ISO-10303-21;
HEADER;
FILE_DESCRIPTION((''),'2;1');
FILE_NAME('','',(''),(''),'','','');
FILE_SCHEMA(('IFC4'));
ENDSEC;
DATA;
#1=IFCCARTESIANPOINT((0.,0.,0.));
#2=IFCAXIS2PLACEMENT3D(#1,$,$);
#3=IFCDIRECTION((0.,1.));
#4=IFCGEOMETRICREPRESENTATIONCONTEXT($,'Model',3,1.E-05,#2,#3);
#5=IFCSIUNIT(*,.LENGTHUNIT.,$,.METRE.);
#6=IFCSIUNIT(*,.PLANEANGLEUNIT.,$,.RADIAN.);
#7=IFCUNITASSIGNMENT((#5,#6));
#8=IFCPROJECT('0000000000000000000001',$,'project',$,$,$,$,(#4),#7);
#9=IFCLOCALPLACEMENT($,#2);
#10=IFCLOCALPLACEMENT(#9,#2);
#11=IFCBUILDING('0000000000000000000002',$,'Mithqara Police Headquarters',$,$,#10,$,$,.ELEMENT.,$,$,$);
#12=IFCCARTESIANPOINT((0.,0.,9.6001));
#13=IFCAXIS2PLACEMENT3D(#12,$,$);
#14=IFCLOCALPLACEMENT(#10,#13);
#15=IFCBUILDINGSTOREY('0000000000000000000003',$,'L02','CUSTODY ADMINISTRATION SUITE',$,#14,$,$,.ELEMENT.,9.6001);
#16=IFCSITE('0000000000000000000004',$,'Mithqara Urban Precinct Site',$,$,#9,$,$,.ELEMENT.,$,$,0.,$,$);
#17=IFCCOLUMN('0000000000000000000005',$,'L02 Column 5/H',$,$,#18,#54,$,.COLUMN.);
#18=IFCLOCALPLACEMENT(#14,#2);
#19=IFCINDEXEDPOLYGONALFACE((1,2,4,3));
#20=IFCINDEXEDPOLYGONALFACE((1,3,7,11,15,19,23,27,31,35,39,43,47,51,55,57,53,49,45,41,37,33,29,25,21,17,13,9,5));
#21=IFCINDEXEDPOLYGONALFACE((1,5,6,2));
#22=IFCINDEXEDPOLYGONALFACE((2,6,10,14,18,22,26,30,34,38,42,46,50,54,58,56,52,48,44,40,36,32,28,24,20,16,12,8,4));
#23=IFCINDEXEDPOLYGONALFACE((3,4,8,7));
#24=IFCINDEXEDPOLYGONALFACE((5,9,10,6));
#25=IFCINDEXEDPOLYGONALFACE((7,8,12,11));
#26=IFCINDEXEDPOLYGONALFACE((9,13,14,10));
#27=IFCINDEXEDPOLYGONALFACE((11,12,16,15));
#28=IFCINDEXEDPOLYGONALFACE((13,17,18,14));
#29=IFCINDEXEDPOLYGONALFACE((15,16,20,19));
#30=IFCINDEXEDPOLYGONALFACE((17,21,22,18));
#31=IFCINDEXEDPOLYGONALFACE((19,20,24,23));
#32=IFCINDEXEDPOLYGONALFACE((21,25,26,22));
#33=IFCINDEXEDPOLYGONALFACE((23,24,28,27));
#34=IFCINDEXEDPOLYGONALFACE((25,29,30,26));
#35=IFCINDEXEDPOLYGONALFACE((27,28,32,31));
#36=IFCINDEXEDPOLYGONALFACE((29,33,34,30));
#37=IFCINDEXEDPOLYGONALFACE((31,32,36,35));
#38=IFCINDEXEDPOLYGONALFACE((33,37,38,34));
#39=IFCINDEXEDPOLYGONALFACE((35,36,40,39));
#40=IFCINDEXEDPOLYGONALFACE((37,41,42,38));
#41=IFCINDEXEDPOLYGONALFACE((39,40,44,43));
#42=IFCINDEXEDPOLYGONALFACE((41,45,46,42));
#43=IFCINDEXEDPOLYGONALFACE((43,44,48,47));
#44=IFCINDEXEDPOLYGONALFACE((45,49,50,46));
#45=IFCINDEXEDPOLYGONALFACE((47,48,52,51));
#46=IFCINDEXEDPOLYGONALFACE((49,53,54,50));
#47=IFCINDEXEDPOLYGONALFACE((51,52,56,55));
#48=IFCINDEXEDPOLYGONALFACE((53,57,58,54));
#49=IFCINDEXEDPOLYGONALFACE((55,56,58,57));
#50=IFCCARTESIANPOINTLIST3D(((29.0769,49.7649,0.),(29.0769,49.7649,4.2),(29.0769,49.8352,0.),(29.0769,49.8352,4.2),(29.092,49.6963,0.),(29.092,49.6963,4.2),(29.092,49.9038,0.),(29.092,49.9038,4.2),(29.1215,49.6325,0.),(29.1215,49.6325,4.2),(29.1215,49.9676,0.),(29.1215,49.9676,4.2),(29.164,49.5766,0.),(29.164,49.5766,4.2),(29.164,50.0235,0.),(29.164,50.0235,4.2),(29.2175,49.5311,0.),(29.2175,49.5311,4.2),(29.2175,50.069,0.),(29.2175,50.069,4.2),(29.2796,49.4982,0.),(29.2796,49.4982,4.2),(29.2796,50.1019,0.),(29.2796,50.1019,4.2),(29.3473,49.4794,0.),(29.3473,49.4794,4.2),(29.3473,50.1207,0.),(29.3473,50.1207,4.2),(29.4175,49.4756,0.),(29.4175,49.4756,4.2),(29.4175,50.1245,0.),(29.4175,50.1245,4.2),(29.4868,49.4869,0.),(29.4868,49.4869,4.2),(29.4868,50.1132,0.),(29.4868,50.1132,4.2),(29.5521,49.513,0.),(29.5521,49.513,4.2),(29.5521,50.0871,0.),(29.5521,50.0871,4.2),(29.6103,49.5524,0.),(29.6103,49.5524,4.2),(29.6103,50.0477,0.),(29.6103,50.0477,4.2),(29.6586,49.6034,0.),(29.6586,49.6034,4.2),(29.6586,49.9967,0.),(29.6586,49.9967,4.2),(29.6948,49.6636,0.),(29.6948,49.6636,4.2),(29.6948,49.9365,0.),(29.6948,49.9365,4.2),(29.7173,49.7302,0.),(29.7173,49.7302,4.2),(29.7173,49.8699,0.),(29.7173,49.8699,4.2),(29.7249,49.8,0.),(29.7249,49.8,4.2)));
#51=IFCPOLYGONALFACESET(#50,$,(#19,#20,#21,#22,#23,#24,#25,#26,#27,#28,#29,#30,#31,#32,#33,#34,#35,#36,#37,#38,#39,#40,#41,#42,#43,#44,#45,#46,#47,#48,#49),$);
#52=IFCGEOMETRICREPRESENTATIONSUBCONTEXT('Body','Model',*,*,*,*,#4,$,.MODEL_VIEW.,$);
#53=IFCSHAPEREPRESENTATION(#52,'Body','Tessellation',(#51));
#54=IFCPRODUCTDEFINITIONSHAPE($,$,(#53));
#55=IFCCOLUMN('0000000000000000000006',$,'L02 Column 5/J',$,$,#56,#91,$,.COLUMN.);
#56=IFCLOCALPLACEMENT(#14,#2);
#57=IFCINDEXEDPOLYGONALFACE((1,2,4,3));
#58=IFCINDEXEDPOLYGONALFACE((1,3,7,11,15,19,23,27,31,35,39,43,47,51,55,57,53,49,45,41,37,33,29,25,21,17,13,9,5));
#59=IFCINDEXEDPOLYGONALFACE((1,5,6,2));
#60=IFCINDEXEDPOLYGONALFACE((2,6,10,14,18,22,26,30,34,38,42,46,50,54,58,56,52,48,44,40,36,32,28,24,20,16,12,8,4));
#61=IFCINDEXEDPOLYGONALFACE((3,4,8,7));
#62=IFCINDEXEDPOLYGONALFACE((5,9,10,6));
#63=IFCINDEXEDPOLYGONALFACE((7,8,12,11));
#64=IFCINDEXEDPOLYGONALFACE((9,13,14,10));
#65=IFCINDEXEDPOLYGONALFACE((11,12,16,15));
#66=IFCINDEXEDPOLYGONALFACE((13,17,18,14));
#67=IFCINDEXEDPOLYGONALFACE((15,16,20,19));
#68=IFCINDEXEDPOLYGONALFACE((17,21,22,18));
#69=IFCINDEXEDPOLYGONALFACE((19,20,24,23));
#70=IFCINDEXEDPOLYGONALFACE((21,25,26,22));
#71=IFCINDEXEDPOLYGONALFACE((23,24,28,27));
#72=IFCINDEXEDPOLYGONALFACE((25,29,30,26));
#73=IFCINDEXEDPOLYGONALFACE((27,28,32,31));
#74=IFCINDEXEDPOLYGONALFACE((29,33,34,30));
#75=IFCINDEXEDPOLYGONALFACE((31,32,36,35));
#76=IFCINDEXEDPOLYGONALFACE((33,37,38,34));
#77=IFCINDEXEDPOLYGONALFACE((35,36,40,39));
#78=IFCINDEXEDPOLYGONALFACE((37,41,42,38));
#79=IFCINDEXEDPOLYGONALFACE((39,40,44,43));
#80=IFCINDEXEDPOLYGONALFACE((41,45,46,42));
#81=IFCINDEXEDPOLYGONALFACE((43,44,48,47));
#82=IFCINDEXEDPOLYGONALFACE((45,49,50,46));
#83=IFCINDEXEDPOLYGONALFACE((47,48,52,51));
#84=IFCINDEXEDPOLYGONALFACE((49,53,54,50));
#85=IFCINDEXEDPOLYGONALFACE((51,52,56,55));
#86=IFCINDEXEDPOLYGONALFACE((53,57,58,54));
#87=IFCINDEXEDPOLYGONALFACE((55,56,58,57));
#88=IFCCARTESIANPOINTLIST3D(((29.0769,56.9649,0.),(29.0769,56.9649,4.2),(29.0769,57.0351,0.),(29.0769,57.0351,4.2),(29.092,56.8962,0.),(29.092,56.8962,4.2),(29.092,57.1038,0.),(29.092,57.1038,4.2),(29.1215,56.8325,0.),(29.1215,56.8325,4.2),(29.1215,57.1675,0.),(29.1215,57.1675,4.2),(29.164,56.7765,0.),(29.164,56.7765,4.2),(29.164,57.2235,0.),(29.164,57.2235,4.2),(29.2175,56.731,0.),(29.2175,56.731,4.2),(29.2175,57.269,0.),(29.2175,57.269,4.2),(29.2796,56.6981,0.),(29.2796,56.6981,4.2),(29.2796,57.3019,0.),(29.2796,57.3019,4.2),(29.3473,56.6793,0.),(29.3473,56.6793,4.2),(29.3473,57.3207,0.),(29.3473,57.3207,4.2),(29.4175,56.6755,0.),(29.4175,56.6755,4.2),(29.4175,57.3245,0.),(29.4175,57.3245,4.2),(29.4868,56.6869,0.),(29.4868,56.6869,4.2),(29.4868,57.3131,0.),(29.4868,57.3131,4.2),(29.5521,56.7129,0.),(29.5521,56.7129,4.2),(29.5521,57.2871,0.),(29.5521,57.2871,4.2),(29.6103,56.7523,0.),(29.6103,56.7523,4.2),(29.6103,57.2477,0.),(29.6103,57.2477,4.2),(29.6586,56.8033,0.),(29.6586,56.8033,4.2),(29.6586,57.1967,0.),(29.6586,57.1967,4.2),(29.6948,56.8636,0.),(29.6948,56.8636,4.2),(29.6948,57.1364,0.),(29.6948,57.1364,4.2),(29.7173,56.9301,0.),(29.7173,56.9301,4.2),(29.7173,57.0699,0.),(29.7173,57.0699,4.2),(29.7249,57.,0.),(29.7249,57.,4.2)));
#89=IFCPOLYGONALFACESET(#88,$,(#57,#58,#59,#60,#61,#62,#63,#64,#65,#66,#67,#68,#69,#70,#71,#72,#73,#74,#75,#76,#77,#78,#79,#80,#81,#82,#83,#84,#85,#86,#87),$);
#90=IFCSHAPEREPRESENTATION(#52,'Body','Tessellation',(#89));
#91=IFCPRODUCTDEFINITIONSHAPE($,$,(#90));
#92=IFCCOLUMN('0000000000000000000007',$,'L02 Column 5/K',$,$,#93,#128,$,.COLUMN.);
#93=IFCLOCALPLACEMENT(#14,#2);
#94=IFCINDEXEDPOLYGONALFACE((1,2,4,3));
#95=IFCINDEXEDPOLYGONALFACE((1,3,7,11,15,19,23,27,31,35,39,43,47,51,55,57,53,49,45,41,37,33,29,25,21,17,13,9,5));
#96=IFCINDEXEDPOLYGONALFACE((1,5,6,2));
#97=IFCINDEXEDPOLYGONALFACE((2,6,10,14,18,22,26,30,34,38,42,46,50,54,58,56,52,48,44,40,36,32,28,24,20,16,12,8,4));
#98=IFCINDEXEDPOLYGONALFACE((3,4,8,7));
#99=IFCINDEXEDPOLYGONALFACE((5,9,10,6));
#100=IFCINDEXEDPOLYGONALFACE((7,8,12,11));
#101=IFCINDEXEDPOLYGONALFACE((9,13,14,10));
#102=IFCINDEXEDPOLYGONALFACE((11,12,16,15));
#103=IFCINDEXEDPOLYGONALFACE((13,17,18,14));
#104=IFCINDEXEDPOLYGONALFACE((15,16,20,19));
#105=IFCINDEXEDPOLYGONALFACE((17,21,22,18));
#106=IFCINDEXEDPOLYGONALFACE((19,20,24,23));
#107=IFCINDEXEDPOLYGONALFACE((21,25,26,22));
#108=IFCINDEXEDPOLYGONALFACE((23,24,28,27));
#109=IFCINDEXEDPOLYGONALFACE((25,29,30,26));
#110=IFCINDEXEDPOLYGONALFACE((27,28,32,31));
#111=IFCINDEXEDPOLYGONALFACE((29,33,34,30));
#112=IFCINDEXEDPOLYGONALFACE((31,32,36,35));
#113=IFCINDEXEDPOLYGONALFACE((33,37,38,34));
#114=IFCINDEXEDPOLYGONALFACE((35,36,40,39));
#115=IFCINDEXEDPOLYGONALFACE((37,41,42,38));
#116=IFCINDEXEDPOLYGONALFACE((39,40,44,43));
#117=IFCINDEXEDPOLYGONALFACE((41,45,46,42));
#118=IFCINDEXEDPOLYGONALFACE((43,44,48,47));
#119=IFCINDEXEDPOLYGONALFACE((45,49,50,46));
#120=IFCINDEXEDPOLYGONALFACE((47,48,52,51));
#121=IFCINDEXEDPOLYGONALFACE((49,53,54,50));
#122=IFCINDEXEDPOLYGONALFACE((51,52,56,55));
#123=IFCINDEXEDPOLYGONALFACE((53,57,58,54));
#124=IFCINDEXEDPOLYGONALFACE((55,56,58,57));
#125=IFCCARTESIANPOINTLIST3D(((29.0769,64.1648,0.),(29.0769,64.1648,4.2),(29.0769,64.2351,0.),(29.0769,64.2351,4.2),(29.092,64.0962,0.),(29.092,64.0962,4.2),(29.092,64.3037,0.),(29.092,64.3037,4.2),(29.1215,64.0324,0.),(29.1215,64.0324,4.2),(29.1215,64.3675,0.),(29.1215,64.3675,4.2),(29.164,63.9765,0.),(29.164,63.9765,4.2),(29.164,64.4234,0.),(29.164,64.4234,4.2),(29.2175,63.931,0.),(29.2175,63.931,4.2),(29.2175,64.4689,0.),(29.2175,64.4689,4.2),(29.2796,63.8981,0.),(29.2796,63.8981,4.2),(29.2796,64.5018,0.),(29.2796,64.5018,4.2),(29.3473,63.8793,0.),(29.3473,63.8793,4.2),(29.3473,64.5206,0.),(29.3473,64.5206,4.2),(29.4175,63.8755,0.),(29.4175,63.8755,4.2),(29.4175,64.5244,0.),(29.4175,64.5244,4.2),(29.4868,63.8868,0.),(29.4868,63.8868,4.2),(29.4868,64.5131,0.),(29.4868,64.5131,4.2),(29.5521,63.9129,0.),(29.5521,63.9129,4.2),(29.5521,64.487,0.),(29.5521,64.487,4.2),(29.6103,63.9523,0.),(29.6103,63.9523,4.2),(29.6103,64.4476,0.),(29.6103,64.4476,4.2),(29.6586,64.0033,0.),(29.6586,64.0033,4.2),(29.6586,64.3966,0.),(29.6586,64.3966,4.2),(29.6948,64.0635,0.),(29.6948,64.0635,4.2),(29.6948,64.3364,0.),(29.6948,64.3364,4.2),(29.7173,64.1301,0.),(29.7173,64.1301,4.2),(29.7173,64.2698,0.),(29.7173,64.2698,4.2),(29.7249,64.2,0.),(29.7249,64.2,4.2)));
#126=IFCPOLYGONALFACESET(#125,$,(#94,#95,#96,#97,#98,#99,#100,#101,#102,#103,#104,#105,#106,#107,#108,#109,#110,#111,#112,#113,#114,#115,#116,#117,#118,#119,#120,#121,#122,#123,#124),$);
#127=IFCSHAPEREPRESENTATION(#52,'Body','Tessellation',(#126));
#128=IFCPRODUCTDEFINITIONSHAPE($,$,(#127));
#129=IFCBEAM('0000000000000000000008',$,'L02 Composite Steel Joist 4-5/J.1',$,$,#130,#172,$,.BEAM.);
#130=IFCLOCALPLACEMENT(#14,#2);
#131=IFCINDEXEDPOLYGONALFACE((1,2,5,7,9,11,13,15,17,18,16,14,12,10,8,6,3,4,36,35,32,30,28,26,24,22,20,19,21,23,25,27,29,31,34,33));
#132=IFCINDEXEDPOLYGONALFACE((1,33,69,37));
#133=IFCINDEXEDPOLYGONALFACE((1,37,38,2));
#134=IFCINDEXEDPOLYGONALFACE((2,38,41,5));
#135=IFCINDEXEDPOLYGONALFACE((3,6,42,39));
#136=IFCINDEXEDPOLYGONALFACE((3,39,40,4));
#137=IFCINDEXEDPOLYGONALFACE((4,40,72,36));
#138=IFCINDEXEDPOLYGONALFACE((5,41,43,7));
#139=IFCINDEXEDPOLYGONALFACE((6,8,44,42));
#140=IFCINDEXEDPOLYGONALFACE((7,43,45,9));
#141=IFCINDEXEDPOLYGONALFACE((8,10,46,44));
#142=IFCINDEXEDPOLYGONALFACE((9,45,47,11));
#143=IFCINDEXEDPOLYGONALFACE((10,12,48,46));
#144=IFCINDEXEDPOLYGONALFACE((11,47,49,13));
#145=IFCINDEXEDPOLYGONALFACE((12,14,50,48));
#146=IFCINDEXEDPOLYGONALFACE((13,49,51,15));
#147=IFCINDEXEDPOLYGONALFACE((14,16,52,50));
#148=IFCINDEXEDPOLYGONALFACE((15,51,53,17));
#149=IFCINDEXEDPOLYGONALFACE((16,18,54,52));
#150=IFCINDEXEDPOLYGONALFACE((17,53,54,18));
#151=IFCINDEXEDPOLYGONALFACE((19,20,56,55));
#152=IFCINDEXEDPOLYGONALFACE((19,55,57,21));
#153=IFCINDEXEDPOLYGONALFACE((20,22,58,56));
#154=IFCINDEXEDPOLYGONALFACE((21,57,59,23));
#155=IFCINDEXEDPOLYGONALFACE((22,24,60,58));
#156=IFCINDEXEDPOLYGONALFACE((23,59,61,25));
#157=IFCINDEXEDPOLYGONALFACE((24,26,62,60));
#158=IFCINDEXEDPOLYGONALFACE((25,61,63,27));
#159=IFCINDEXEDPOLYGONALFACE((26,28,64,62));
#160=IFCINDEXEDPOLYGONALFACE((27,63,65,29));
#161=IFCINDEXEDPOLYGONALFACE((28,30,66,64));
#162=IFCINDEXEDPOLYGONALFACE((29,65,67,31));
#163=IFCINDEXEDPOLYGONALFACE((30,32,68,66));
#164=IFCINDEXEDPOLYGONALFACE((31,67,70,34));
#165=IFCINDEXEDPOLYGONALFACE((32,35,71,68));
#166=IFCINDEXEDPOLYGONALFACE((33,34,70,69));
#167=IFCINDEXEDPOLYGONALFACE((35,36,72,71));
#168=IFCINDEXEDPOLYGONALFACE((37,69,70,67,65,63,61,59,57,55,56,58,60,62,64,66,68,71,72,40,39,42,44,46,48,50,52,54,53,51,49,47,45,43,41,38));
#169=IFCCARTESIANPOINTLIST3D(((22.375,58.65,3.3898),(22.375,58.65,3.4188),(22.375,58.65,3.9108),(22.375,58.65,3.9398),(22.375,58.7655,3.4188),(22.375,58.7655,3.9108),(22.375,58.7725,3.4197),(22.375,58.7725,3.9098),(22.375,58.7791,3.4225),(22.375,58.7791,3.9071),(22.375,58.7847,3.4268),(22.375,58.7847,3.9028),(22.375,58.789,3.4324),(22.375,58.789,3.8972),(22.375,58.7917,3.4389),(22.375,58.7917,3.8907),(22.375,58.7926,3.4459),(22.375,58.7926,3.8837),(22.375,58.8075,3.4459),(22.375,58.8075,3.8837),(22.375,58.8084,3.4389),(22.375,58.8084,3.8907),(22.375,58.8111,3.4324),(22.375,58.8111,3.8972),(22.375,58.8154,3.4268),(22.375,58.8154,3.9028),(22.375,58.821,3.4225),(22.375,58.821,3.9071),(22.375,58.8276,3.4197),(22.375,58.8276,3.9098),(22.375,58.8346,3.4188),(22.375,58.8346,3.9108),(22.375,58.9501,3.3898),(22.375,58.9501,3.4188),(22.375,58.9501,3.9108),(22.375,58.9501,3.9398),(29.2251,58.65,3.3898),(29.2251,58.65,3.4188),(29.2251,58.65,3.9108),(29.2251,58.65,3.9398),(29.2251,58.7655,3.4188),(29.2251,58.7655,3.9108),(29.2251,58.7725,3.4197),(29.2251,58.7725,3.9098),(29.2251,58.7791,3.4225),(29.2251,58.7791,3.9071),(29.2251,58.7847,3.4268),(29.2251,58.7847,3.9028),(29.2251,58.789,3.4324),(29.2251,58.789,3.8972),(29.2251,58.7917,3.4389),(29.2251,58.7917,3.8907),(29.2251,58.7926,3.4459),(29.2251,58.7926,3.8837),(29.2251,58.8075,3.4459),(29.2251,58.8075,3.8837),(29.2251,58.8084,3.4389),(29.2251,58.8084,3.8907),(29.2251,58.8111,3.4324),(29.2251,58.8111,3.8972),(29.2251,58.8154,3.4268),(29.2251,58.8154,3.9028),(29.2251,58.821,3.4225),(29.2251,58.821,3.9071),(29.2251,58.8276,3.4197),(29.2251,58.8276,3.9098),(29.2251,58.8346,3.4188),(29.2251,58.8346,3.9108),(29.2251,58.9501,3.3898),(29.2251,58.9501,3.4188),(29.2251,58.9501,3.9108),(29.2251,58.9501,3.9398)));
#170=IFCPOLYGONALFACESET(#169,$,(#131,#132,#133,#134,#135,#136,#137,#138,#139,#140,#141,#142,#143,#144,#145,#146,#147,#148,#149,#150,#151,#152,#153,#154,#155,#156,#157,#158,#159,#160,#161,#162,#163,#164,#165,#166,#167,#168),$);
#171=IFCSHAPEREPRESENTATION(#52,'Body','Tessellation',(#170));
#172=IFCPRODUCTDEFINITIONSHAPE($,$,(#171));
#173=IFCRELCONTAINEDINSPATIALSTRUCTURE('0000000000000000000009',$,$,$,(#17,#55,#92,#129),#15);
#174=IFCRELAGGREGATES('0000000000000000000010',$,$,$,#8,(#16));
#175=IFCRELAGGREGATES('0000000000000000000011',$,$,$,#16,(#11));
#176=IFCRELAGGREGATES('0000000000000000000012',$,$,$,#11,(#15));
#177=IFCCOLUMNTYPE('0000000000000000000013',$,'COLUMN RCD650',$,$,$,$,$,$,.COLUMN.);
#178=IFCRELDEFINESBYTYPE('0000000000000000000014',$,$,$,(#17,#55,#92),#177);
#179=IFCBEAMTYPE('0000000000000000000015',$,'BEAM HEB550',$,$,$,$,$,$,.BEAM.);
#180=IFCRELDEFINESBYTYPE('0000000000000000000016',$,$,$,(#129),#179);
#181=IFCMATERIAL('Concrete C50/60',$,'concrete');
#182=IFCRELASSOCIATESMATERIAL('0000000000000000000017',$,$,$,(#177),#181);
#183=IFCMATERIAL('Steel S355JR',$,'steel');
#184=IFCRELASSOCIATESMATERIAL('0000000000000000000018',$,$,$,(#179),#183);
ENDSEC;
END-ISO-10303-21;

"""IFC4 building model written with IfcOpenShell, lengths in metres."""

from ifc_helpers import new_model, si_unit, direction, frame, origin, origin_2d, place, context, subcontext, project, spatial, circle, i_section, extrude, material, material_profile, profile_set, type_object, element, save


model = new_model("IFC4")

# Units and contexts
model_context = context("Model", 3, precision=1e-05, world=origin(), true_north=direction((0.0, 1.0)))
body_context = subcontext(model_context, "Body", "Model", "MODEL_VIEW")
ifc_project = project(units=[si_unit("LENGTHUNIT", "METRE"), si_unit("PLANEANGLEUNIT", "RADIAN")], contexts=[model_context])

# Site, building, storey
site_placement = place(None, origin())
site = spatial("IfcSite", under=ifc_project, at=site_placement, Name="Mithqara Urban Precinct Site", CompositionType="ELEMENT", RefElevation=0.0)
building_placement = place(site_placement, origin())
building = spatial("IfcBuilding", under=site, at=building_placement, Name="Mithqara Police Headquarters", CompositionType="ELEMENT")
storey_placement = place(building_placement, frame((0.0, 0.0, 9.6001)))
storey = spatial("IfcBuildingStorey", under=building, at=storey_placement, Name="L02", Description="CUSTODY ADMINISTRATION SUITE", CompositionType="ELEMENT", Elevation=9.6001)

# Columns
ifc_material_1 = material(Name="Concrete C50/60", Category="concrete")
ifc_material_profile_1 = material_profile(ifc_material_1, circle(Radius=0.325, at=origin_2d()), Name="RCD 650")
ifc_profile_set_1 = profile_set([ifc_material_profile_1], Name="Concrete C50/60")
column_type = type_object("IfcColumnType", Name="COLUMN RCD650", PredefinedType="COLUMN", material=ifc_profile_set_1)
for number, where, z_axis, x_axis, name in (
    (1, (29.3999, 49.8, 0.0), (0.0, 0.0, 1.0), (1.0, 0.0, 0.0), "L02 Column 5/H"),
    (2, (29.3999, 57.0, 0.0), (0.0, 0.0, 1.0), (1.0, 0.0, 0.0), "L02 Column 5/J"),
    (3, (29.3999, 64.2, 0.0), (0.0, 0.0, 1.0), (1.0, 0.0, 0.0), "L02 Column 5/K"),
):
    element("IfcColumn", number, at=place(storey_placement, frame(where, z_axis=z_axis, x_axis=x_axis)), inside=storey, type_object=column_type, Name=name, PredefinedType="COLUMN", context=body_context, shape_type="SweptSolid", body=[
        extrude(circle(Radius=0.325, at=origin_2d()), origin(), (0.0, 0.0, 1.0), 4.2),
    ])

# Beam
ifc_material_2 = material(Name="Steel S355JR", Category="steel")
ifc_material_profile_2 = material_profile(ifc_material_2, i_section(OverallWidth=0.3, OverallDepth=0.55, WebThickness=0.0149, FlangeThickness=0.0291, FilletRadius=0.0271, at=origin_2d()), Name="HEB 550")
ifc_profile_set_2 = profile_set([ifc_material_profile_2], Name="Steel S355JR")
beam_type_1 = type_object("IfcBeamType", Name="BEAM HEB550", PredefinedType="BEAM", material=ifc_profile_set_2)
for number, where, z_axis, x_axis, name in (
    (4, (22.375, 58.8, 3.6648), (1.0, 0.0, 0.0), (0.0, 1.0, 0.0), "L02 Composite Steel Joist 4-5/J.1"),
):
    element("IfcBeam", number, at=place(storey_placement, frame(where, z_axis=z_axis, x_axis=x_axis)), inside=storey, type_object=beam_type_1, Name=name, PredefinedType="BEAM", context=body_context, shape_type="SweptSolid", body=[
        extrude(i_section(OverallWidth=0.3, OverallDepth=0.55, WebThickness=0.0149, FlangeThickness=0.0291, FilletRadius=0.0271, at=origin_2d()), origin(), (0.0, 0.0, 1.0), 6.8501),
    ])

save(model, "model.ifc")
